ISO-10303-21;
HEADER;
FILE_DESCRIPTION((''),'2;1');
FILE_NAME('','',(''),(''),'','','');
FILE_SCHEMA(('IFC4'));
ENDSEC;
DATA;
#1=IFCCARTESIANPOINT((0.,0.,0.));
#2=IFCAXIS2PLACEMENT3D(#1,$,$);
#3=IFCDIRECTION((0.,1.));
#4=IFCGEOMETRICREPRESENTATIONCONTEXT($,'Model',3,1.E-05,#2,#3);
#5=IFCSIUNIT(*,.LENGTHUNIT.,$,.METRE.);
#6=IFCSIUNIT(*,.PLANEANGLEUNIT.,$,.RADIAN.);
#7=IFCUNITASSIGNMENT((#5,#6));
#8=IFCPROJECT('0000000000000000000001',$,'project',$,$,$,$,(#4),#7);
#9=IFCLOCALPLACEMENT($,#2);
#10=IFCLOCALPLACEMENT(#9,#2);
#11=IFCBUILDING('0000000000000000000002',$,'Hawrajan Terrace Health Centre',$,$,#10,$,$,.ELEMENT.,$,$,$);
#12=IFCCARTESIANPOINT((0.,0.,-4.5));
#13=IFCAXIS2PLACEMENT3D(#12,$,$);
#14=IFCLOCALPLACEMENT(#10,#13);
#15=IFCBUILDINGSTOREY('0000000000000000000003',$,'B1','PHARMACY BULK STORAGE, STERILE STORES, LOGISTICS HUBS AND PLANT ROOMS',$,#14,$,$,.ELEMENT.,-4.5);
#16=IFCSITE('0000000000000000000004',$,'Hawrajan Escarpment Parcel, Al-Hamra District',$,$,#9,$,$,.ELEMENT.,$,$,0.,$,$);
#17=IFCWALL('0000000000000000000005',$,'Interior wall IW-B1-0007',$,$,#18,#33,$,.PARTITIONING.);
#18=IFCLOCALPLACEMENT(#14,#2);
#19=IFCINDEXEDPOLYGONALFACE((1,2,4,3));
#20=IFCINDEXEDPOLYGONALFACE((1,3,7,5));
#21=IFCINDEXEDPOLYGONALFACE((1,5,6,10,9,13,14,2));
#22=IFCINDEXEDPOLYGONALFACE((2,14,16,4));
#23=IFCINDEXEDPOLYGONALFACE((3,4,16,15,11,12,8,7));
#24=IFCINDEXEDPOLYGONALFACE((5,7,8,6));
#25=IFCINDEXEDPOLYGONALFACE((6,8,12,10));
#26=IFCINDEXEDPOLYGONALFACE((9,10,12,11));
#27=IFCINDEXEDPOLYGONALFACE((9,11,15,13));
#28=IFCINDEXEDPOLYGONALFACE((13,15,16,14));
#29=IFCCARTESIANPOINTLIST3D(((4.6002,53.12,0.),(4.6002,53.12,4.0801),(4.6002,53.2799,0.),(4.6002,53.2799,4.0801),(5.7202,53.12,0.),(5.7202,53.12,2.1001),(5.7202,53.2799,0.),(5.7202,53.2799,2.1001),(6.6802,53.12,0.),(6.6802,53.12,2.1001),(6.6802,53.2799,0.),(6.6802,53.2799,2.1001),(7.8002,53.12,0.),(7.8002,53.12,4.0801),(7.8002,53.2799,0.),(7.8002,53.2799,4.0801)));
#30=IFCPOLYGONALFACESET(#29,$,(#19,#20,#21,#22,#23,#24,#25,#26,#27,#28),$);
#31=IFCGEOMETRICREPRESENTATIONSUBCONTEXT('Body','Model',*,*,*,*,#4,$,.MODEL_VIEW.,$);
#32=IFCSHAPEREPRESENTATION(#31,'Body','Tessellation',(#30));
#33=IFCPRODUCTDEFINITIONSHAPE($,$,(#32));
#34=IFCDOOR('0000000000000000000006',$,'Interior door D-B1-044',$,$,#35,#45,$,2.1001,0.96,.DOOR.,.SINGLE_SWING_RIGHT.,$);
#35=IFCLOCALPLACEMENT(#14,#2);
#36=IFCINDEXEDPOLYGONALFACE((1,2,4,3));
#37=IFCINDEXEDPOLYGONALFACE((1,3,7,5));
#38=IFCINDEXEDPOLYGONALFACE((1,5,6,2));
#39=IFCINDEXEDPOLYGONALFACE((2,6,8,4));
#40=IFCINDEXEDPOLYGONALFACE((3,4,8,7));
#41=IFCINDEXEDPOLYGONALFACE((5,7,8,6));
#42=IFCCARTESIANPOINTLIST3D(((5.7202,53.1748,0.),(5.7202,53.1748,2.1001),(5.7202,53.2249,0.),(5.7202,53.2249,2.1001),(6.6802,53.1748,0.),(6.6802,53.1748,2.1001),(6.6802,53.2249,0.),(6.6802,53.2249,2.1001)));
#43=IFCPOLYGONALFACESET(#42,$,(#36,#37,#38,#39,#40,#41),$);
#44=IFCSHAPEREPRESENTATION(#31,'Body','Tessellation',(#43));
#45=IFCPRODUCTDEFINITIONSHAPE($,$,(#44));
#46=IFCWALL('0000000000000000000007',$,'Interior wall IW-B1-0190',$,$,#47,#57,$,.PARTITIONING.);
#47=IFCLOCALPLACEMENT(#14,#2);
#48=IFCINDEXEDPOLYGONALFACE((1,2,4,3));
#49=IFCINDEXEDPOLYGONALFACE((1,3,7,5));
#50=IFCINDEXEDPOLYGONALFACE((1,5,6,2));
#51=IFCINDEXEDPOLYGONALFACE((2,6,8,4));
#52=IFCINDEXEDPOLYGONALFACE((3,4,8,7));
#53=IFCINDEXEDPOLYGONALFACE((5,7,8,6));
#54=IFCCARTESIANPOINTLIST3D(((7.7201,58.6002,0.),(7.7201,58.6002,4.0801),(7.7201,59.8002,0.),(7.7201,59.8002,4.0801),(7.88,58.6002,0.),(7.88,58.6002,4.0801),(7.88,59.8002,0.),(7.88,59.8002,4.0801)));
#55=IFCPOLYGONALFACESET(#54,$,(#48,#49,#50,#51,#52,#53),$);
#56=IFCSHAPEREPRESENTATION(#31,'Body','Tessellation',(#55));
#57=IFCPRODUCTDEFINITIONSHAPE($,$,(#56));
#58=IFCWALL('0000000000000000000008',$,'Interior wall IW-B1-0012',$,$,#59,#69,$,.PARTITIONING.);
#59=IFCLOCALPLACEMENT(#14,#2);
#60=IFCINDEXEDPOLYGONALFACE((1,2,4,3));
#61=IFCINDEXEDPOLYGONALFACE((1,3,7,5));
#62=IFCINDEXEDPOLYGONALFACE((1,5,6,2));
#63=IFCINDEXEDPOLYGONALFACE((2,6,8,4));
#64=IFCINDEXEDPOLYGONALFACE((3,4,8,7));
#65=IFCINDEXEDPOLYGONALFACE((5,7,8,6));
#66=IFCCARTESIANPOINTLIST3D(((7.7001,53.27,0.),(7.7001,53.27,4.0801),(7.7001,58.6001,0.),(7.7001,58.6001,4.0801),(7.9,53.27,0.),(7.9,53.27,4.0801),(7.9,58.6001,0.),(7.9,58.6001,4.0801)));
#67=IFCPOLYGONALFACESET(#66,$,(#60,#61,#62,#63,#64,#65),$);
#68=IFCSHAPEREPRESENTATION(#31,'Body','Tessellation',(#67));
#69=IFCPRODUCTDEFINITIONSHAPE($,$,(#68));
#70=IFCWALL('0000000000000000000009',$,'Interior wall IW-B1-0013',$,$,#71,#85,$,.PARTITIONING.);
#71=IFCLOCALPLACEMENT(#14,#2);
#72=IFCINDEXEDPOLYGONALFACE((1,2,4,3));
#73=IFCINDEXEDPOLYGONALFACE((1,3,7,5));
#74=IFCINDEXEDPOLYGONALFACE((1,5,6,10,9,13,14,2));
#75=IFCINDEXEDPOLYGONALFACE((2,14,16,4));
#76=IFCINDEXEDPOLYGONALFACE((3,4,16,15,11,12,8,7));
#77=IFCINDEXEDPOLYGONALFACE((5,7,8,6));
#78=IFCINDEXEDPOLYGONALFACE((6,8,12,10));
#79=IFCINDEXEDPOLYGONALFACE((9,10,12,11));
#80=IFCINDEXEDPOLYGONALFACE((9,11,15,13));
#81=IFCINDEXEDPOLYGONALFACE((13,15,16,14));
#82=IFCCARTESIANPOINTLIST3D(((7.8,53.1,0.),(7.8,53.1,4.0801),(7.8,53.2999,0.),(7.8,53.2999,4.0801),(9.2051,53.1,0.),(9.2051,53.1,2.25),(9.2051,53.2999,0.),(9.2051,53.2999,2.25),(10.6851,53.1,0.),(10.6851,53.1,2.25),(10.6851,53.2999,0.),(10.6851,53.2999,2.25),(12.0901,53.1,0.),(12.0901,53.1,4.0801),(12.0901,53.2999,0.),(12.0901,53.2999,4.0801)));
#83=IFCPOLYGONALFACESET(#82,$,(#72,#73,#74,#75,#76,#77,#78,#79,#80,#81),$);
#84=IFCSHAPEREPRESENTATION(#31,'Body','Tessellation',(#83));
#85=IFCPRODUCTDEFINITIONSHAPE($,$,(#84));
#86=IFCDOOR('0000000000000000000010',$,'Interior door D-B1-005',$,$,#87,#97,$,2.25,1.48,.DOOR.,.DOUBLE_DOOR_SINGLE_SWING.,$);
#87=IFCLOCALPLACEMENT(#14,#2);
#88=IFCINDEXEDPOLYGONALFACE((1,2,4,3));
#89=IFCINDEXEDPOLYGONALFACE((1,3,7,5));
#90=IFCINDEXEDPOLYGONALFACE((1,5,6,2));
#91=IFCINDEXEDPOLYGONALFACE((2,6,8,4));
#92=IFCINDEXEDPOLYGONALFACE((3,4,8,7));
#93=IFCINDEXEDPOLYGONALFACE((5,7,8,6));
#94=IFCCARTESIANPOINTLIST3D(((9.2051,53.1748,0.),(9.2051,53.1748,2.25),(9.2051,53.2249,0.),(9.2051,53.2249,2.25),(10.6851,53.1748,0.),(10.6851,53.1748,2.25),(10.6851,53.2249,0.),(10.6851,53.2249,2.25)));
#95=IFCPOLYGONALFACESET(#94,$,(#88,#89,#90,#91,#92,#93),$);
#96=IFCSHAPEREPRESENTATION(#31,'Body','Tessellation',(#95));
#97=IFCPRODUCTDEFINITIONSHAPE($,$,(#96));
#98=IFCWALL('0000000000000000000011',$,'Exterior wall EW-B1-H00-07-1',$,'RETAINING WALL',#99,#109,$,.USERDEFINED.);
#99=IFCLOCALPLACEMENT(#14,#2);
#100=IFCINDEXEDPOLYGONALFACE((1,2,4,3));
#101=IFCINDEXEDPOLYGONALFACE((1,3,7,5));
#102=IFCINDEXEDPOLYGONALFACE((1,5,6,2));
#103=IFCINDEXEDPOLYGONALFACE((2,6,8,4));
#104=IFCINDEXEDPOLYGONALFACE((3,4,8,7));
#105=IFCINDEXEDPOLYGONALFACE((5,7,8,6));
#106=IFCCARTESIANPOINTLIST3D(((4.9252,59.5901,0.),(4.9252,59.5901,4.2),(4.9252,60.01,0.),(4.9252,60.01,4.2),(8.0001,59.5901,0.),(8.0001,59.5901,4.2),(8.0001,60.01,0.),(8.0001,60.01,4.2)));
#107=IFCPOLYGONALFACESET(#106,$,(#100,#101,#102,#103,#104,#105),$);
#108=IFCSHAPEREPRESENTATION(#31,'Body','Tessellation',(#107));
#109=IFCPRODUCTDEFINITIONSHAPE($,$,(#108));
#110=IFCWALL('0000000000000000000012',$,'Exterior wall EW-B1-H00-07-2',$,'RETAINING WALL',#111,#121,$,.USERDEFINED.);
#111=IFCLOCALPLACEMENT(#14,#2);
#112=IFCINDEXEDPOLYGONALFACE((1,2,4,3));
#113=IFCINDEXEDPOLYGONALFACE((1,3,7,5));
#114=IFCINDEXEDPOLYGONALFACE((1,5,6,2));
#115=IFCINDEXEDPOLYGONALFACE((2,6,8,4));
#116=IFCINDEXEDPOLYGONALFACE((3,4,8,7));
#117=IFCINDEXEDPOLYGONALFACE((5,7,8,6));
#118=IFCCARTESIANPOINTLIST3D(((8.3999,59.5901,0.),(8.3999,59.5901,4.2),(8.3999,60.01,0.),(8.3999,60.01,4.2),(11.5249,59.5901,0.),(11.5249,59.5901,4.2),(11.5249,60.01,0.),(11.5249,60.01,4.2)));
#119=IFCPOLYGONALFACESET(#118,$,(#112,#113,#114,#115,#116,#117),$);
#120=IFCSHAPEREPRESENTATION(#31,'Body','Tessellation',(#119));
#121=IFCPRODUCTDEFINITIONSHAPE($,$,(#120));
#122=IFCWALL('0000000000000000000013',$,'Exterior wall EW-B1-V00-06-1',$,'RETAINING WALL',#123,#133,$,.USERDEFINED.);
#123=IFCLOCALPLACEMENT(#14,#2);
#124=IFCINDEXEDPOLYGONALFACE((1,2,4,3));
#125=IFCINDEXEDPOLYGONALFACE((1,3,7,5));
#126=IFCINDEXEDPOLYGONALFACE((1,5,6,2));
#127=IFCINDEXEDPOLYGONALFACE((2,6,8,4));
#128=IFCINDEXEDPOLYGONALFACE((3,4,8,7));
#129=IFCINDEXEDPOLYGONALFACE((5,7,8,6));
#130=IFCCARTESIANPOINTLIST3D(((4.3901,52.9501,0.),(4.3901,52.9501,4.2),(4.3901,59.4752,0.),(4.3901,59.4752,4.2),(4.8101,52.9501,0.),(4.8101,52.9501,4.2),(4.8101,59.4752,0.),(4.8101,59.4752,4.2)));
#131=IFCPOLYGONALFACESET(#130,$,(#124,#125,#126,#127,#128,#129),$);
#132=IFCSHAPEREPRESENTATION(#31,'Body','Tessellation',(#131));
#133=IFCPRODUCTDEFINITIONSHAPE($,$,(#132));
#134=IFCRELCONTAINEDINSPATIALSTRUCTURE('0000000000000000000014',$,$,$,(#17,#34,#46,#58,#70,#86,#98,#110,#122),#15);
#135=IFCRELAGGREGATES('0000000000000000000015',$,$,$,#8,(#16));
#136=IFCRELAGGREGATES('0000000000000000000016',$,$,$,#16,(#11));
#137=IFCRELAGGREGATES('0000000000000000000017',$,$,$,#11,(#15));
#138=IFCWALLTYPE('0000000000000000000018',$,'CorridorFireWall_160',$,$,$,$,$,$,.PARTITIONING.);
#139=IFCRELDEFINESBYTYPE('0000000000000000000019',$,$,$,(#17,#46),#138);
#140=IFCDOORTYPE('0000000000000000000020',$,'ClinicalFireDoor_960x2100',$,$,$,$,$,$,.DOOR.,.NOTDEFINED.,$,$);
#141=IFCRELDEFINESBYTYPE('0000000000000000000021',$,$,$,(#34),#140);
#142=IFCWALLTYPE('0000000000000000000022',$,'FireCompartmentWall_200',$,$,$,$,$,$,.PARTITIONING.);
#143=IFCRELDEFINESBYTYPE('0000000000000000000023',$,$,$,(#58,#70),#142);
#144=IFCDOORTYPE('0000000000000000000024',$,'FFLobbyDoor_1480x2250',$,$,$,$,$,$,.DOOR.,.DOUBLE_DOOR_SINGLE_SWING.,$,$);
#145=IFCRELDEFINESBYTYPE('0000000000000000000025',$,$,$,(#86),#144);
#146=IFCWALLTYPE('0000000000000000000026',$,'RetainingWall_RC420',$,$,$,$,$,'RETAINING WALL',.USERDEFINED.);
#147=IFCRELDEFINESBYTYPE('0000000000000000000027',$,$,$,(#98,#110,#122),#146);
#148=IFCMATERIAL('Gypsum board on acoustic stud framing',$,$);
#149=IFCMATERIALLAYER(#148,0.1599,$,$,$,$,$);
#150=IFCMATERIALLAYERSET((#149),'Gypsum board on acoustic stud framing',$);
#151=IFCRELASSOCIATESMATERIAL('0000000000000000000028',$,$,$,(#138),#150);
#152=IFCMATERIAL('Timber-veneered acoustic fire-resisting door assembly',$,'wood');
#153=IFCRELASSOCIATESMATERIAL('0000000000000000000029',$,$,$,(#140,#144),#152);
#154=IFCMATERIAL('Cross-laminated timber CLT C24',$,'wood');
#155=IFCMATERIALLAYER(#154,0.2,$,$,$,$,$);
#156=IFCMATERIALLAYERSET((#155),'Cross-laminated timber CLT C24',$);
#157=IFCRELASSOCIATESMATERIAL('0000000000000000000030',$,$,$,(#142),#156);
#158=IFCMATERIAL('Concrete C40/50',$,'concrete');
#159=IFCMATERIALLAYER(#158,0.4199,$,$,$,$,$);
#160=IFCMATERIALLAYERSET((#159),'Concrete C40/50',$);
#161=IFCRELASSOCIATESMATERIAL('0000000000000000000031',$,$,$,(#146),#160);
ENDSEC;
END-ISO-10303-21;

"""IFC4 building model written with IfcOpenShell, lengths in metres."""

from ifc_helpers import new_model, si_unit, direction, frame, frame_2d, origin, place, context, subcontext, project, spatial, rectangle, extrude, material, layer, layer_set, type_object, element, fill, save


model = new_model("IFC4")

# Units and contexts
model_context = context("Model", 3, precision=1e-05, world=origin(), true_north=direction((0.0, 1.0)))
body_context = subcontext(model_context, "Body", "Model", "MODEL_VIEW")
ifc_project = project(units=[si_unit("LENGTHUNIT", "METRE"), si_unit("PLANEANGLEUNIT", "RADIAN")], contexts=[model_context])

# Site, building, storey
site_placement = place(None, origin())
site = spatial("IfcSite", under=ifc_project, at=site_placement, Name="Hawrajan Escarpment Parcel, Al-Hamra District", CompositionType="ELEMENT", RefElevation=0.0)
building_placement = place(site_placement, origin())
building = spatial("IfcBuilding", under=site, at=building_placement, Name="Hawrajan Terrace Health Centre", CompositionType="ELEMENT")
storey_placement = place(building_placement, frame((0.0, 0.0, -4.5)))
storey = spatial("IfcBuildingStorey", under=building, at=storey_placement, Name="B1", Description="PHARMACY BULK STORAGE, STERILE STORES, LOGISTICS HUBS AND PLANT ROOMS", CompositionType="ELEMENT", Elevation=-4.5)

# Shared definitions
ifc_material_1 = material(Name="Concrete C40/50", Category="concrete")

# Wall, opening, door
ifc_material_2 = material(Name="Gypsum board on acoustic stud framing")
ifc_layer_1 = layer(ifc_material_2, 0.1599)
ifc_layer_set_1 = layer_set([ifc_layer_1], Name="Gypsum board on acoustic stud framing")
wall_type_1 = type_object("IfcWallType", Name="CorridorFireWall_160", PredefinedType="PARTITIONING", material=ifc_layer_set_1)
wall_1_placement = place(storey_placement, frame((4.6001, 53.2, 0.0), z_axis=(0.0, 0.0, 1.0), x_axis=(1.0, 0.0, 0.0)))
wall_1 = element("IfcWall", 1, at=wall_1_placement, inside=storey, type_object=wall_type_1, Name="Interior wall IW-B1-0007", PredefinedType="PARTITIONING", context=body_context, shape_type="SweptSolid", body=[
    extrude(rectangle(XDim=3.2, YDim=0.1599, at=frame_2d((1.6001, 0.0))), origin(), (0.0, 0.0, 1.0), 4.0801),
])
opening_1_placement = place(wall_1_placement, frame((1.1201, 0.0, 0.0)))
opening_1 = element("IfcOpeningElement", 2, at=opening_1_placement, cuts=wall_1, PredefinedType="OPENING", context=body_context, shape_type="SweptSolid", body=[
    extrude(rectangle(XDim=0.96, YDim=2.1001, at=frame_2d((0.48, 1.05))), frame((0.0, 0.0898, 0.0), z_axis=(0.0, -1.0, 0.0), x_axis=(1.0, 0.0, 0.0)), (0.0, 0.0, 1.0), 0.1799),
])
ifc_material_3 = material(Name="Timber-veneered acoustic fire-resisting door assembly", Category="wood")
door_type_1 = type_object("IfcDoorType", Name="ClinicalFireDoor_960x2100", OperationType="NOTDEFINED", PredefinedType="DOOR", material=ifc_material_3)
door_1_placement = place(opening_1_placement, origin())
door_1 = element("IfcDoor", 3, at=door_1_placement, inside=storey, type_object=door_type_1, Name="Interior door D-B1-044", OperationType="SINGLE_SWING_RIGHT", OverallHeight=2.1001, OverallWidth=0.96, PredefinedType="DOOR", context=body_context, shape_type="SweptSolid", body=[
    extrude(rectangle(XDim=0.96, YDim=2.1001, at=frame_2d((0.48, 1.05))), frame((0.0, 0.0249, 0.0), z_axis=(0.0, -1.0, 0.0), x_axis=(1.0, 0.0, 0.0)), (0.0, 0.0, 1.0), 0.05),
])
fill(opening_1, door_1)

# Walls
wall_2_placement = place(storey_placement, frame((7.8, 58.6001, 0.0), z_axis=(0.0, 0.0, 1.0), x_axis=(0.0, 1.0, 0.0)))
element("IfcWall", 4, at=wall_2_placement, inside=storey, type_object=wall_type_1, Name="Interior wall IW-B1-0190", PredefinedType="PARTITIONING", context=body_context, shape_type="SweptSolid", body=[
    extrude(rectangle(XDim=1.2, YDim=0.1599, at=frame_2d((0.6001, 0.0))), origin(), (0.0, 0.0, 1.0), 4.0801),
])
ifc_material_4 = material(Name="Cross-laminated timber CLT C24", Category="wood")
ifc_layer_2 = layer(ifc_material_4, 0.2)
ifc_layer_set_2 = layer_set([ifc_layer_2], Name="Cross-laminated timber CLT C24")
wall_type_2 = type_object("IfcWallType", Name="FireCompartmentWall_200", PredefinedType="PARTITIONING", material=ifc_layer_set_2)
wall_3_placement = place(storey_placement, frame((7.8, 53.27, 0.0), z_axis=(0.0, 0.0, 1.0), x_axis=(0.0, 1.0, 0.0)))
element("IfcWall", 5, at=wall_3_placement, inside=storey, type_object=wall_type_2, Name="Interior wall IW-B1-0012", PredefinedType="PARTITIONING", context=body_context, shape_type="SweptSolid", body=[
    extrude(rectangle(XDim=5.3301, YDim=0.2, at=frame_2d((2.665, 0.0))), origin(), (0.0, 0.0, 1.0), 4.0801),
])

# Wall, opening, door
wall_4_placement = place(storey_placement, frame((7.8, 53.2, 0.0), z_axis=(0.0, 0.0, 1.0), x_axis=(1.0, 0.0, 0.0)))
wall_4 = element("IfcWall", 6, at=wall_4_placement, inside=storey, type_object=wall_type_2, Name="Interior wall IW-B1-0013", PredefinedType="PARTITIONING", context=body_context, shape_type="SweptSolid", body=[
    extrude(rectangle(XDim=4.29, YDim=0.2, at=frame_2d((2.145, 0.0))), origin(), (0.0, 0.0, 1.0), 4.0801),
])
opening_2_placement = place(wall_4_placement, frame((1.405, 0.0, 0.0)))
opening_2 = element("IfcOpeningElement", 7, at=opening_2_placement, cuts=wall_4, PredefinedType="OPENING", context=body_context, shape_type="SweptSolid", body=[
    extrude(rectangle(XDim=1.48, YDim=2.25, at=frame_2d((0.74, 1.125))), frame((0.0, 0.1099, 0.0), z_axis=(0.0, -1.0, 0.0), x_axis=(1.0, 0.0, 0.0)), (0.0, 0.0, 1.0), 0.22),
])
door_type_2 = type_object("IfcDoorType", Name="FFLobbyDoor_1480x2250", OperationType="DOUBLE_DOOR_SINGLE_SWING", PredefinedType="DOOR", material=ifc_material_3)
door_2_placement = place(opening_2_placement, origin())
door_2 = element("IfcDoor", 8, at=door_2_placement, inside=storey, type_object=door_type_2, Name="Interior door D-B1-005", OperationType="DOUBLE_DOOR_SINGLE_SWING", OverallHeight=2.25, OverallWidth=1.48, PredefinedType="DOOR", context=body_context, shape_type="SweptSolid", body=[
    extrude(rectangle(XDim=1.48, YDim=2.25, at=frame_2d((0.74, 1.125))), frame((0.0, 0.0249, 0.0), z_axis=(0.0, -1.0, 0.0), x_axis=(1.0, 0.0, 0.0)), (0.0, 0.0, 1.0), 0.05),
])
fill(opening_2, door_2)

# Walls
ifc_layer_3 = layer(ifc_material_1, 0.4199)
ifc_layer_set_3 = layer_set([ifc_layer_3], Name="Concrete C40/50")
wall_type_3 = type_object("IfcWallType", Name="RetainingWall_RC420", ElementType="RETAINING WALL", PredefinedType="USERDEFINED", material=ifc_layer_set_3)
wall_5_placement = place(storey_placement, frame((4.925, 59.8, 0.0), z_axis=(0.0, 0.0, 1.0), x_axis=(1.0, 0.0, 0.0)))
element("IfcWall", 9, at=wall_5_placement, inside=storey, type_object=wall_type_3, Name="Exterior wall EW-B1-H00-07-1", ObjectType="RETAINING WALL", PredefinedType="USERDEFINED", context=body_context, shape_type="SweptSolid", body=[
    extrude(rectangle(XDim=3.075, YDim=0.4199, at=frame_2d((1.5376, 0.0))), origin(), (0.0, 0.0, 1.0), 4.2),
])
wall_6_placement = place(storey_placement, frame((8.3999, 59.8, 0.0), z_axis=(0.0, 0.0, 1.0), x_axis=(1.0, 0.0, 0.0)))
element("IfcWall", 10, at=wall_6_placement, inside=storey, type_object=wall_type_3, Name="Exterior wall EW-B1-H00-07-2", ObjectType="RETAINING WALL", PredefinedType="USERDEFINED", context=body_context, shape_type="SweptSolid", body=[
    extrude(rectangle(XDim=3.125, YDim=0.4199, at=frame_2d((1.5625, 0.0))), origin(), (0.0, 0.0, 1.0), 4.2),
])
wall_7_placement = place(storey_placement, frame((4.6001, 52.95, 0.0), z_axis=(0.0, 0.0, 1.0), x_axis=(0.0, 1.0, 0.0)))
element("IfcWall", 11, at=wall_7_placement, inside=storey, type_object=wall_type_3, Name="Exterior wall EW-B1-V00-06-1", ObjectType="RETAINING WALL", PredefinedType="USERDEFINED", context=body_context, shape_type="SweptSolid", body=[
    extrude(rectangle(XDim=6.5251, YDim=0.4199, at=frame_2d((3.2627, 0.0))), origin(), (0.0, 0.0, 1.0), 4.2),
])

save(model, "model.ifc")
